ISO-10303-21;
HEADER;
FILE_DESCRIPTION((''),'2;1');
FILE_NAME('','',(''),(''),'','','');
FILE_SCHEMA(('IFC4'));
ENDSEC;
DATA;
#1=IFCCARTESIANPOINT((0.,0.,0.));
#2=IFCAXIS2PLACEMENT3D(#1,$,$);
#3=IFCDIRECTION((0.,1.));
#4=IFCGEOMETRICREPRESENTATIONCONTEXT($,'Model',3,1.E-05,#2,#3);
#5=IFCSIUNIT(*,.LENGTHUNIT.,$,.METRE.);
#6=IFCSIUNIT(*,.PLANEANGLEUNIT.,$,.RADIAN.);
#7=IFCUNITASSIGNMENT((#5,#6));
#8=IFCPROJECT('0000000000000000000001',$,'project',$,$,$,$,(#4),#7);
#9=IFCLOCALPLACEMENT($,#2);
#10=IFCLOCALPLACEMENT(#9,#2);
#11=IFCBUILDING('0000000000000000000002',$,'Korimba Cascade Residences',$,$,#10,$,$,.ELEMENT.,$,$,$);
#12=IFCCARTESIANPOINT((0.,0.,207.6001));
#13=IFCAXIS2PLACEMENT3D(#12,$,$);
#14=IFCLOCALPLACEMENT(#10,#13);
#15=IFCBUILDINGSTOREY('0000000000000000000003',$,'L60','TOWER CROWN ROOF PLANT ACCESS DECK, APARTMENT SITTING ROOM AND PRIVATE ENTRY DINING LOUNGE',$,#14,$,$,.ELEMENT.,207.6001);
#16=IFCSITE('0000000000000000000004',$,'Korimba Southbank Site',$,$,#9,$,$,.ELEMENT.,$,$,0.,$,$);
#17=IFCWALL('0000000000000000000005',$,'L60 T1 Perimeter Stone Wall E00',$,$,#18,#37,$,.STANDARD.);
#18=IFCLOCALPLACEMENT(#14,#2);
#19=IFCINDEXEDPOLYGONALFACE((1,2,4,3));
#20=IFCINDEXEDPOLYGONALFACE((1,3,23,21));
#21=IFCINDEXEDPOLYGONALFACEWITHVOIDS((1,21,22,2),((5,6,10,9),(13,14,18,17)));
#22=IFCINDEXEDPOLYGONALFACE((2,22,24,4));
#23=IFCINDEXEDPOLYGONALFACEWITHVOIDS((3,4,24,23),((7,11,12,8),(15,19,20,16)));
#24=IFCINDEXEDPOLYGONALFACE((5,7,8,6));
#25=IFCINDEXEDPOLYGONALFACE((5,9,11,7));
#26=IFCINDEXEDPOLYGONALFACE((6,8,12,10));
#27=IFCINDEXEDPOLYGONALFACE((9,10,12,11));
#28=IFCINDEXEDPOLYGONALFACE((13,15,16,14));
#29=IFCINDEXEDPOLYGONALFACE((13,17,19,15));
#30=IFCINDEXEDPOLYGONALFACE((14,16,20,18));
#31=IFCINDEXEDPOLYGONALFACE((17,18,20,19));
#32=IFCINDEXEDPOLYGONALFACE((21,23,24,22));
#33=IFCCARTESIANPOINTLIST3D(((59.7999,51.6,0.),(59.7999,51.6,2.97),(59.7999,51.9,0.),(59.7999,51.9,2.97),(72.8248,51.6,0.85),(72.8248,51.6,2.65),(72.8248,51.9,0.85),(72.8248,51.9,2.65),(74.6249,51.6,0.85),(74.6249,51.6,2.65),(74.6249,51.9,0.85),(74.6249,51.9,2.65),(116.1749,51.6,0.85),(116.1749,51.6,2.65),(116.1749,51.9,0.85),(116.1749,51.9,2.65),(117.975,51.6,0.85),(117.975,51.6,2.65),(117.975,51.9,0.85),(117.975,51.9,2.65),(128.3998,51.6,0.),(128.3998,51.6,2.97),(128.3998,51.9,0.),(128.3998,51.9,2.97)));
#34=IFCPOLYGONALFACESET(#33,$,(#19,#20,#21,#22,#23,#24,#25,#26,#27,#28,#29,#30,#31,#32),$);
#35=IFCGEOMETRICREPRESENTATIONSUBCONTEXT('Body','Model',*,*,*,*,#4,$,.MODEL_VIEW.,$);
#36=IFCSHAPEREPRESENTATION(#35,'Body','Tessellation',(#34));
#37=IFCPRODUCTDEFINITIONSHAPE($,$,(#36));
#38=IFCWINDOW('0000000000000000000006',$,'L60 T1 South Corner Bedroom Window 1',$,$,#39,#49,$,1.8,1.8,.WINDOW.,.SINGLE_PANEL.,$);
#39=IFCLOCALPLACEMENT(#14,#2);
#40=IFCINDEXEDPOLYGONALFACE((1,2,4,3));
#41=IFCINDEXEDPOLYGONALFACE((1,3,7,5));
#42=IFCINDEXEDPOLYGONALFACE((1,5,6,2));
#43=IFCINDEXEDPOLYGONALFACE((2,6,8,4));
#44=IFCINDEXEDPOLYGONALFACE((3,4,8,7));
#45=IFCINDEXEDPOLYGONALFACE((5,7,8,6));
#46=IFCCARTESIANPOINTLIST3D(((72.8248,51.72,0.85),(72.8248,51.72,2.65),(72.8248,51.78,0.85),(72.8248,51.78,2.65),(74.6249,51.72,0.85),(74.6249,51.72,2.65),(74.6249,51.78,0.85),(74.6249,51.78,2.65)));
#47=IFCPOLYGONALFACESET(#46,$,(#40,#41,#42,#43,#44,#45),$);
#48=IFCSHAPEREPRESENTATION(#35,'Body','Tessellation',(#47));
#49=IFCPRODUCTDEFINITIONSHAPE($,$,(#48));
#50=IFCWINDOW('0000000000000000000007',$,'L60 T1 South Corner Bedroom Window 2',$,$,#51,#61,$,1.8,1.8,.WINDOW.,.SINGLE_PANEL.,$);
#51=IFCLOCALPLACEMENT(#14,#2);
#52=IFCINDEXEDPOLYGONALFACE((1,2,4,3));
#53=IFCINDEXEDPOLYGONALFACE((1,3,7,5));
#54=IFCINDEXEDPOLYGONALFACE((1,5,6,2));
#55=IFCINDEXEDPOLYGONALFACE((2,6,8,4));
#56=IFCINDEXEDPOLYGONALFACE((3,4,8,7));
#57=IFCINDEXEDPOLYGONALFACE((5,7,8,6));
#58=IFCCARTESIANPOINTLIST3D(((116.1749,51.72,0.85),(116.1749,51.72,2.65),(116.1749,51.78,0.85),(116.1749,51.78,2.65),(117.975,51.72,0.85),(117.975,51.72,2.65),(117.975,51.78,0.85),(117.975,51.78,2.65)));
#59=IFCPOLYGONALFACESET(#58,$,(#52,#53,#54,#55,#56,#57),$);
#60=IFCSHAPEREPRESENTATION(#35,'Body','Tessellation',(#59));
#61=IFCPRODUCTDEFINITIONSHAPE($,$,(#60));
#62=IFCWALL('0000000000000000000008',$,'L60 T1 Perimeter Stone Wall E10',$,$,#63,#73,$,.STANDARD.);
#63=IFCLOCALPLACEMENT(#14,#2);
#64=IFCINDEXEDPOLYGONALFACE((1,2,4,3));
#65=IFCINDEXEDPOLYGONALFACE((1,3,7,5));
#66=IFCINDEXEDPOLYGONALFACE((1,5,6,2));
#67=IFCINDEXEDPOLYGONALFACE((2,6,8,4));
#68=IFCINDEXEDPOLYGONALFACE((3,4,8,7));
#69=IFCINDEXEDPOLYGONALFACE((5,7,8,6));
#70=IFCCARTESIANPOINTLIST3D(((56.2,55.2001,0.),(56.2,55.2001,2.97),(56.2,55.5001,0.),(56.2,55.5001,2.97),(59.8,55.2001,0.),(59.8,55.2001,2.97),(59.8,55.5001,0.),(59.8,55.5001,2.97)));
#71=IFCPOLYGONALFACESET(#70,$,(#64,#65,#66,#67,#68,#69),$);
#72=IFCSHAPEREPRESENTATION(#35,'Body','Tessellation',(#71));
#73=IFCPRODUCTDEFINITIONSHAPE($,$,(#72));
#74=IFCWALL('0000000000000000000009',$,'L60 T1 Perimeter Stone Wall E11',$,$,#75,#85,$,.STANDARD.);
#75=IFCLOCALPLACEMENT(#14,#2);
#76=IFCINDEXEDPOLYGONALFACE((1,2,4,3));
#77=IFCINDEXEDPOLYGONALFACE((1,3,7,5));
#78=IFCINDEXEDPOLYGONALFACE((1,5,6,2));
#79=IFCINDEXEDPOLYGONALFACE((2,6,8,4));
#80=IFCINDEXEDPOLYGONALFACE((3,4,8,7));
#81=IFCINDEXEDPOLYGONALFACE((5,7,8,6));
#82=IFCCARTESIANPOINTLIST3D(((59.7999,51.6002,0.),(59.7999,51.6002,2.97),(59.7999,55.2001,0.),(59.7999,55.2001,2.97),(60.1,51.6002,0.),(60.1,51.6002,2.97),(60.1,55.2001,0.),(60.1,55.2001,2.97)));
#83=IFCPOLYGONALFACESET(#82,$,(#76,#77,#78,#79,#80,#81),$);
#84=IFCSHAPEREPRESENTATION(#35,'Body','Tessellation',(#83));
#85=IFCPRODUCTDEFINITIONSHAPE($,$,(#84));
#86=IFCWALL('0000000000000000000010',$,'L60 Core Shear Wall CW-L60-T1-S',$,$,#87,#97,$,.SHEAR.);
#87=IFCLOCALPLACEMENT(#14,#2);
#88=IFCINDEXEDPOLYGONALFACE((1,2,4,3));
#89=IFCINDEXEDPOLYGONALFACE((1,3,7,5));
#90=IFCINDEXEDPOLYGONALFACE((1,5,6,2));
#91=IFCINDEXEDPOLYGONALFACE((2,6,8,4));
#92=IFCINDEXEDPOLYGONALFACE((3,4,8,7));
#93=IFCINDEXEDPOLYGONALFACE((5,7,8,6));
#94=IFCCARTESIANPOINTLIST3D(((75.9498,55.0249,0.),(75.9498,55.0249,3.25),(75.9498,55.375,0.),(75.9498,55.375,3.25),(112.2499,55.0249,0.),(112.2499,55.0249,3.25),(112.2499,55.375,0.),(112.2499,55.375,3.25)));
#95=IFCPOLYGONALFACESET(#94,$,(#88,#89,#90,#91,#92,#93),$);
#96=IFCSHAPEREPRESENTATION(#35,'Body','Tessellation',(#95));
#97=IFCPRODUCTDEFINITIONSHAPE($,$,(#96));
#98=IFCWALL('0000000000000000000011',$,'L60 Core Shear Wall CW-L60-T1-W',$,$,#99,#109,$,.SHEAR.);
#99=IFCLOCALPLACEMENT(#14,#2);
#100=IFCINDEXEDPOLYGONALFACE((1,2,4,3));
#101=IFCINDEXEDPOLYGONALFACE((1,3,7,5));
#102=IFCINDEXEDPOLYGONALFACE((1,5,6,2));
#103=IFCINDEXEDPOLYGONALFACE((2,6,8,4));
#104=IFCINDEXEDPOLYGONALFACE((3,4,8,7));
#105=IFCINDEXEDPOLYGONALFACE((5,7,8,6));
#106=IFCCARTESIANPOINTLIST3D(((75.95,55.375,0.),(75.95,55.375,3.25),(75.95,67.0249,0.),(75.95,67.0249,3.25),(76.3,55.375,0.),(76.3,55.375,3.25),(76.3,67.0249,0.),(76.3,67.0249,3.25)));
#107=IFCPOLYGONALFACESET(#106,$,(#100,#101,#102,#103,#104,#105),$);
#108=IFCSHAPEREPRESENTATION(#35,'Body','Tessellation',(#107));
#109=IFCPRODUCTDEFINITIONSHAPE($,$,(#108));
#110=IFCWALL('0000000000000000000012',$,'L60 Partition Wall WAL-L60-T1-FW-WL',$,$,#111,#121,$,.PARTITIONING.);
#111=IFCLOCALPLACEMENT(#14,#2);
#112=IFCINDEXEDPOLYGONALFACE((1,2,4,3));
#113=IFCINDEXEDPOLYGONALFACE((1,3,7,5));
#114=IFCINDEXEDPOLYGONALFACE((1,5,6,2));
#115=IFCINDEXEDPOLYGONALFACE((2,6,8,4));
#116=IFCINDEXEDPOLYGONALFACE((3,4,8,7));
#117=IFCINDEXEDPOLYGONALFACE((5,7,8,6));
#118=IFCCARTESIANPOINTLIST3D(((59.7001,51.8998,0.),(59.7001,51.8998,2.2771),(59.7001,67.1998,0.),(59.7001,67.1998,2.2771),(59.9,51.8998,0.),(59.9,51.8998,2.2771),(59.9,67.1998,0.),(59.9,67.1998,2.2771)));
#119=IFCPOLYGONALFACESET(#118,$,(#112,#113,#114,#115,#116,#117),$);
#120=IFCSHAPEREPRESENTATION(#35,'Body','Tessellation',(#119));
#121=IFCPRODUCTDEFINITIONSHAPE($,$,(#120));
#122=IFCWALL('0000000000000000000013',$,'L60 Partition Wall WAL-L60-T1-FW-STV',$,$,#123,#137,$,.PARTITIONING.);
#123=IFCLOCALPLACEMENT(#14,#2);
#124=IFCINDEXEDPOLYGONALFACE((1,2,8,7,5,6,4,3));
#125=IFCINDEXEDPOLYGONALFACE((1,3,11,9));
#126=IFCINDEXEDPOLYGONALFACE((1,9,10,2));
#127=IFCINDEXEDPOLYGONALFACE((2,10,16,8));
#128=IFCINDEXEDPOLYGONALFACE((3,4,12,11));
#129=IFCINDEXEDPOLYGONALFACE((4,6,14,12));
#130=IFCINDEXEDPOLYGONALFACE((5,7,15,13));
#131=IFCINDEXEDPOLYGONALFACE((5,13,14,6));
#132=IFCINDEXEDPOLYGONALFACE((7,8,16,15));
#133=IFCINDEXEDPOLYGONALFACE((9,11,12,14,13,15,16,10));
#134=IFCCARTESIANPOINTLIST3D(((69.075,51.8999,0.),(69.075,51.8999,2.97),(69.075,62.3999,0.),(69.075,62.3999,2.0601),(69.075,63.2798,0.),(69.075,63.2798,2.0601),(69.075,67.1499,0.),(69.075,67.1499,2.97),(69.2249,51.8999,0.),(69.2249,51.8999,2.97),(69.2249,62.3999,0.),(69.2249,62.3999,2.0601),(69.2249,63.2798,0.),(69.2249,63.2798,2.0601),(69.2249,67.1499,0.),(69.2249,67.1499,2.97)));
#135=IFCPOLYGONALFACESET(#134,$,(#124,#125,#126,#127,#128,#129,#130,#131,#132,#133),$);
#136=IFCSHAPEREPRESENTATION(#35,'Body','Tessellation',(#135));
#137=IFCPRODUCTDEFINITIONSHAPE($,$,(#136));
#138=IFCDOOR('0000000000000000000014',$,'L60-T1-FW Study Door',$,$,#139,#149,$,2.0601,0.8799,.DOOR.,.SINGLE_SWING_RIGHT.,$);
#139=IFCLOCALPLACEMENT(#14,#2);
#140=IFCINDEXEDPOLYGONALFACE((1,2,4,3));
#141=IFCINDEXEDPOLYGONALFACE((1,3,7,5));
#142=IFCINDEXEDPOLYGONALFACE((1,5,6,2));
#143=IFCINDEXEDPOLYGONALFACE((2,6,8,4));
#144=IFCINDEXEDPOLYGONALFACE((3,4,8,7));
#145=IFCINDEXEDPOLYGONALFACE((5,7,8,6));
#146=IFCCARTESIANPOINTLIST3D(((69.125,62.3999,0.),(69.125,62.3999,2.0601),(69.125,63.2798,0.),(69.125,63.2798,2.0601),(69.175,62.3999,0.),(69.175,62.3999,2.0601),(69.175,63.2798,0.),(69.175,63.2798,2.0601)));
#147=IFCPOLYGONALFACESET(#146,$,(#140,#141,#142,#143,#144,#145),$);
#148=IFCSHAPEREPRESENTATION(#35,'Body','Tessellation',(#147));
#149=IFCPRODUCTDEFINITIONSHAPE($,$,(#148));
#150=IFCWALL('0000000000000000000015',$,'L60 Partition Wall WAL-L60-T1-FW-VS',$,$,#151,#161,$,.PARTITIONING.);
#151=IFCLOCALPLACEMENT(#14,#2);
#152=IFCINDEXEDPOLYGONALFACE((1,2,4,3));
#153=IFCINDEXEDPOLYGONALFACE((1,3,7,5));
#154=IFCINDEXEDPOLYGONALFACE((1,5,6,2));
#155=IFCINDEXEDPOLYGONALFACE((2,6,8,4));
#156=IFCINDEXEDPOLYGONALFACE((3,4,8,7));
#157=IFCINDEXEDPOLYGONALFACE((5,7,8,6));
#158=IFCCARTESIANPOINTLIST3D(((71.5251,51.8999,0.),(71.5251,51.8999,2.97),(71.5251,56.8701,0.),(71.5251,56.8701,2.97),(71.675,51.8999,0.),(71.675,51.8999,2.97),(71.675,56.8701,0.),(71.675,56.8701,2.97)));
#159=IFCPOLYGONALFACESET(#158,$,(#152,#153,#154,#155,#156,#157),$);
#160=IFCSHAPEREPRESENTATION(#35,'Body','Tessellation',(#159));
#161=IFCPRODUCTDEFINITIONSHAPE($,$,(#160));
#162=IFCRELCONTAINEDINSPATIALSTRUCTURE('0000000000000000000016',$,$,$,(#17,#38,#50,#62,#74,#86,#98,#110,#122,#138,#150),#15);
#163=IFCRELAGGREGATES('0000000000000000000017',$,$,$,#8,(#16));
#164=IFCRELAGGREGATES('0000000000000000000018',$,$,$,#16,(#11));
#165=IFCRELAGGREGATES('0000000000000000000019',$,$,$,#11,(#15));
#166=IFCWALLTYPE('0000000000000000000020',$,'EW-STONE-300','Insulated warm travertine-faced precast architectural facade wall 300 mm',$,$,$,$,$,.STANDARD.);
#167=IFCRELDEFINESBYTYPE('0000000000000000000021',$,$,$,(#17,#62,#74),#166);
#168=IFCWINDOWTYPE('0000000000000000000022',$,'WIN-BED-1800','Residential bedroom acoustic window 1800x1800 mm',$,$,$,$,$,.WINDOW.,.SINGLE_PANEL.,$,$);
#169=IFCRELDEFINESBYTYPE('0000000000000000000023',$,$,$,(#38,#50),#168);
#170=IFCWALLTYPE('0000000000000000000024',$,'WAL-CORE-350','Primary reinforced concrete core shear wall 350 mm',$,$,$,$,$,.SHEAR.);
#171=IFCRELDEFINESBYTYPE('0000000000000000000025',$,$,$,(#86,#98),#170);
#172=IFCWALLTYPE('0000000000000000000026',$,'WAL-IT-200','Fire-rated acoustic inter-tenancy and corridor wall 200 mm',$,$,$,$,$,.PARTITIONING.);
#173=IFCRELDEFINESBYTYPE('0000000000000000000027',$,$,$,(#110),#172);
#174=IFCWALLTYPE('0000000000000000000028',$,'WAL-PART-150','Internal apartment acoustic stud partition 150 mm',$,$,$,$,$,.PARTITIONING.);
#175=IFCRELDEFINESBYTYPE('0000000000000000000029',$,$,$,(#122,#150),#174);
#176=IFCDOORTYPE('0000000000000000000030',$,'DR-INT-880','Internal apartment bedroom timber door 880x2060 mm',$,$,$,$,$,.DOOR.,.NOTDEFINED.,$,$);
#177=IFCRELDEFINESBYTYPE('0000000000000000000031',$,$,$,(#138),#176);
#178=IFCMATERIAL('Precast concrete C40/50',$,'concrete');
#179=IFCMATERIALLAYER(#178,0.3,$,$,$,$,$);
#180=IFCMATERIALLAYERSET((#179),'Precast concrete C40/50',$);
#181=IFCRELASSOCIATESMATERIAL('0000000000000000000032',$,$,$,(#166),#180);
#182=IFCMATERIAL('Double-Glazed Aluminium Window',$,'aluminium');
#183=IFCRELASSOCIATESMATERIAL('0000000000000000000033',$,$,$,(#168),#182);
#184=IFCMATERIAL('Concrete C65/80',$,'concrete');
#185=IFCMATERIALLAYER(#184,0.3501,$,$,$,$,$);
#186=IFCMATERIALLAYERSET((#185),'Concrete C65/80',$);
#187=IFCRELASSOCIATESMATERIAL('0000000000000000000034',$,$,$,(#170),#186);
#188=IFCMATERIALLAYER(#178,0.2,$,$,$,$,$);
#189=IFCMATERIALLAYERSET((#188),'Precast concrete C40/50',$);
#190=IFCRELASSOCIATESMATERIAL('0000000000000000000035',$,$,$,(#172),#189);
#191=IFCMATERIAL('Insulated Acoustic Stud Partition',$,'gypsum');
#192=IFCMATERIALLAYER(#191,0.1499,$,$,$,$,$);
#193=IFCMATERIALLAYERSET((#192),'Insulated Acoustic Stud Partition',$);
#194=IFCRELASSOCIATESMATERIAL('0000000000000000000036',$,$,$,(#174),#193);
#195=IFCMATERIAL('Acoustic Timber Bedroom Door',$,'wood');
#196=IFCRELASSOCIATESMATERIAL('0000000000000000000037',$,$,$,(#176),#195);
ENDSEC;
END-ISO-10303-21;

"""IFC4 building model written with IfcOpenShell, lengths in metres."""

from ifc_helpers import new_model, si_unit, direction, frame, frame_2d, origin, place, context, subcontext, project, spatial, rectangle, extrude, material, layer, layer_set, type_object, element, fill, save


model = new_model("IFC4")

# Units and contexts
model_context = context("Model", 3, precision=1e-05, world=origin(), true_north=direction((0.0, 1.0)))
body_context = subcontext(model_context, "Body", "Model", "MODEL_VIEW")
ifc_project = project(units=[si_unit("LENGTHUNIT", "METRE"), si_unit("PLANEANGLEUNIT", "RADIAN")], contexts=[model_context])

# Site, building, storey
site_placement = place(None, origin())
site = spatial("IfcSite", under=ifc_project, at=site_placement, Name="Korimba Southbank Site", CompositionType="ELEMENT", RefElevation=0.0)
building_placement = place(site_placement, origin())
building = spatial("IfcBuilding", under=site, at=building_placement, Name="Korimba Cascade Residences", CompositionType="ELEMENT")
storey_placement = place(building_placement, frame((0.0, 0.0, 207.6001)))
storey = spatial("IfcBuildingStorey", under=building, at=storey_placement, Name="L60", Description="TOWER CROWN ROOF PLANT ACCESS DECK, APARTMENT SITTING ROOM AND PRIVATE ENTRY DINING LOUNGE", CompositionType="ELEMENT", Elevation=207.6001)

# Shared definitions
ifc_material_1 = material(Name="Concrete C65/80", Category="concrete")

# Wall, openings, windows
ifc_material_2 = material(Name="Precast concrete C40/50", Category="concrete")
ifc_layer_1 = layer(ifc_material_2, 0.3)
ifc_layer_set_1 = layer_set([ifc_layer_1], Name="Precast concrete C40/50")
wall_type_1 = type_object("IfcWallType", Name="EW-STONE-300", Description="Insulated warm travertine-faced precast architectural facade wall 300 mm", PredefinedType="STANDARD", material=ifc_layer_set_1)
wall_1_placement = place(storey_placement, frame((59.8, 51.75, 0.0), z_axis=(0.0, 0.0, 1.0), x_axis=(1.0, 0.0, 0.0)))
wall_1 = element("IfcWall", 1, at=wall_1_placement, inside=storey, type_object=wall_type_1, Name="L60 T1 Perimeter Stone Wall E00", PredefinedType="STANDARD", context=body_context, shape_type="SweptSolid", body=[
    extrude(rectangle(XDim=68.5999, YDim=0.3, at=frame_2d((34.2998, 0.0))), origin(), (0.0, 0.0, 1.0), 2.97),
])
opening_1_placement = place(wall_1_placement, frame((13.0249, 0.0, 0.8501)))
opening_1 = element("IfcOpeningElement", 2, at=opening_1_placement, cuts=wall_1, PredefinedType="OPENING", context=body_context, shape_type="SweptSolid", body=[
    extrude(rectangle(XDim=1.8, YDim=1.8, at=frame_2d((0.8999, 0.8999))), frame((0.0, 0.1602, 0.0), z_axis=(0.0, -1.0, 0.0), x_axis=(1.0, 0.0, 0.0)), (0.0, 0.0, 1.0), 0.3201),
])
opening_2_placement = place(wall_1_placement, frame((56.375, 0.0, 0.8501)))
opening_2 = element("IfcOpeningElement", 3, at=opening_2_placement, cuts=wall_1, PredefinedType="OPENING", context=body_context, shape_type="SweptSolid", body=[
    extrude(rectangle(XDim=1.8, YDim=1.8, at=frame_2d((0.8999, 0.8999))), frame((0.0, 0.1602, 0.0), z_axis=(0.0, -1.0, 0.0), x_axis=(1.0, 0.0, 0.0)), (0.0, 0.0, 1.0), 0.3201),
])
ifc_material_3 = material(Name="Double-Glazed Aluminium Window", Category="aluminium")
window_type = type_object("IfcWindowType", Name="WIN-BED-1800", Description="Residential bedroom acoustic window 1800x1800 mm", PartitioningType="SINGLE_PANEL", PredefinedType="WINDOW", material=ifc_material_3)
window_1_placement = place(opening_1_placement, origin())
window_1 = element("IfcWindow", 4, at=window_1_placement, inside=storey, type_object=window_type, Name="L60 T1 South Corner Bedroom Window 1", OverallHeight=1.8, OverallWidth=1.8, PartitioningType="SINGLE_PANEL", PredefinedType="WINDOW", context=body_context, shape_type="SweptSolid", body=[
    extrude(rectangle(XDim=1.8, YDim=1.8, at=frame_2d((0.8999, 0.8999))), frame((0.0, 0.03, 0.0), z_axis=(0.0, -1.0, 0.0), x_axis=(1.0, 0.0, 0.0)), (0.0, 0.0, 1.0), 0.0601),
])
fill(opening_1, window_1)
window_2_placement = place(opening_2_placement, origin())
window_2 = element("IfcWindow", 5, at=window_2_placement, inside=storey, type_object=window_type, Name="L60 T1 South Corner Bedroom Window 2", OverallHeight=1.8, OverallWidth=1.8, PartitioningType="SINGLE_PANEL", PredefinedType="WINDOW", context=body_context, shape_type="SweptSolid", body=[
    extrude(rectangle(XDim=1.8, YDim=1.8, at=frame_2d((0.8999, 0.8999))), frame((0.0, 0.03, 0.0), z_axis=(0.0, -1.0, 0.0), x_axis=(1.0, 0.0, 0.0)), (0.0, 0.0, 1.0), 0.0601),
])
fill(opening_2, window_2)

# Walls
wall_2_placement = place(storey_placement, frame((56.2, 55.3501, 0.0), z_axis=(0.0, 0.0, 1.0), x_axis=(1.0, 0.0, 0.0)))
element("IfcWall", 6, at=wall_2_placement, inside=storey, type_object=wall_type_1, Name="L60 T1 Perimeter Stone Wall E10", PredefinedType="STANDARD", context=body_context, shape_type="SweptSolid", body=[
    extrude(rectangle(XDim=3.6001, YDim=0.3, at=frame_2d((1.8, 0.0))), origin(), (0.0, 0.0, 1.0), 2.97),
])
wall_3_placement = place(storey_placement, frame((59.95, 55.2, 0.0), z_axis=(0.0, 0.0, 1.0), x_axis=(0.0, -1.0, 0.0)))
element("IfcWall", 7, at=wall_3_placement, inside=storey, type_object=wall_type_1, Name="L60 T1 Perimeter Stone Wall E11", PredefinedType="STANDARD", context=body_context, shape_type="SweptSolid", body=[
    extrude(rectangle(XDim=3.5999, YDim=0.3, at=frame_2d((1.7998, 0.0))), origin(), (0.0, 0.0, 1.0), 2.97),
])
ifc_layer_2 = layer(ifc_material_1, 0.3501)
ifc_layer_set_2 = layer_set([ifc_layer_2], Name="Concrete C65/80")
wall_type_2 = type_object("IfcWallType", Name="WAL-CORE-350", Description="Primary reinforced concrete core shear wall 350 mm", PredefinedType="SHEAR", material=ifc_layer_set_2)
wall_4_placement = place(storey_placement, frame((75.95, 55.2, 0.0), z_axis=(0.0, 0.0, 1.0), x_axis=(1.0, 0.0, 0.0)))
element("IfcWall", 8, at=wall_4_placement, inside=storey, type_object=wall_type_2, Name="L60 Core Shear Wall CW-L60-T1-S", PredefinedType="SHEAR", context=body_context, shape_type="SweptSolid", body=[
    extrude(rectangle(XDim=36.3, YDim=0.3501, at=frame_2d((18.1499, 0.0))), origin(), (0.0, 0.0, 1.0), 3.25),
])
wall_5_placement = place(storey_placement, frame((76.125, 55.375, 0.0), z_axis=(0.0, 0.0, 1.0), x_axis=(0.0, 1.0, 0.0)))
element("IfcWall", 9, at=wall_5_placement, inside=storey, type_object=wall_type_2, Name="L60 Core Shear Wall CW-L60-T1-W", PredefinedType="SHEAR", context=body_context, shape_type="SweptSolid", body=[
    extrude(rectangle(XDim=11.6499, YDim=0.3501, at=frame_2d((5.825, 0.0))), origin(), (0.0, 0.0, 1.0), 3.25),
])
ifc_layer_3 = layer(ifc_material_2, 0.2)
ifc_layer_set_3 = layer_set([ifc_layer_3], Name="Precast concrete C40/50")
wall_type_3 = type_object("IfcWallType", Name="WAL-IT-200", Description="Fire-rated acoustic inter-tenancy and corridor wall 200 mm", PredefinedType="PARTITIONING", material=ifc_layer_set_3)
wall_6_placement = place(storey_placement, frame((59.8, 51.8999, 0.0), z_axis=(0.0, 0.0, 1.0), x_axis=(0.0, 1.0, 0.0)))
element("IfcWall", 10, at=wall_6_placement, inside=storey, type_object=wall_type_3, Name="L60 Partition Wall WAL-L60-T1-FW-WL", PredefinedType="PARTITIONING", context=body_context, shape_type="SweptSolid", body=[
    extrude(rectangle(XDim=15.3, YDim=0.2, at=frame_2d((7.6499, 0.0))), origin(), (0.0, 0.0, 1.0), 2.2771),
])

# Wall, opening, door
ifc_material_4 = material(Name="Insulated Acoustic Stud Partition", Category="gypsum")
ifc_layer_4 = layer(ifc_material_4, 0.1499)
ifc_layer_set_4 = layer_set([ifc_layer_4], Name="Insulated Acoustic Stud Partition")
wall_type_4 = type_object("IfcWallType", Name="WAL-PART-150", Description="Internal apartment acoustic stud partition 150 mm", PredefinedType="PARTITIONING", material=ifc_layer_set_4)
wall_7_placement = place(storey_placement, frame((69.1499, 51.8999, 0.0), z_axis=(0.0, 0.0, 1.0), x_axis=(0.0, 1.0, 0.0)))
wall_7 = element("IfcWall", 11, at=wall_7_placement, inside=storey, type_object=wall_type_4, Name="L60 Partition Wall WAL-L60-T1-FW-STV", PredefinedType="PARTITIONING", context=body_context, shape_type="SweptSolid", body=[
    extrude(rectangle(XDim=15.25, YDim=0.1499, at=frame_2d((7.625, 0.0))), origin(), (0.0, 0.0, 1.0), 2.97),
])
opening_3_placement = place(wall_7_placement, frame((10.5, 0.0, 0.0)))
opening_3 = element("IfcOpeningElement", 12, at=opening_3_placement, cuts=wall_7, PredefinedType="OPENING", context=body_context, shape_type="SweptSolid", body=[
    extrude(rectangle(XDim=0.8799, YDim=2.0601, at=frame_2d((0.4399, 1.03))), frame((0.0, 0.085, 0.0), z_axis=(0.0, -1.0, 0.0), x_axis=(1.0, 0.0, 0.0)), (0.0, 0.0, 1.0), 0.1699),
])
ifc_material_5 = material(Name="Acoustic Timber Bedroom Door", Category="wood")
door_type = type_object("IfcDoorType", Name="DR-INT-880", Description="Internal apartment bedroom timber door 880x2060 mm", OperationType="NOTDEFINED", PredefinedType="DOOR", material=ifc_material_5)
door_placement = place(opening_3_placement, origin())
door = element("IfcDoor", 13, at=door_placement, inside=storey, type_object=door_type, Name="L60-T1-FW Study Door", OperationType="SINGLE_SWING_RIGHT", OverallHeight=2.0601, OverallWidth=0.8799, PredefinedType="DOOR", context=body_context, shape_type="SweptSolid", body=[
    extrude(rectangle(XDim=0.8799, YDim=2.0601, at=frame_2d((0.4399, 1.03))), frame((0.0, 0.0249, 0.0), z_axis=(0.0, -1.0, 0.0), x_axis=(1.0, 0.0, 0.0)), (0.0, 0.0, 1.0), 0.05),
])
fill(opening_3, door)

# Wall
wall_8_placement = place(storey_placement, frame((71.6001, 51.8999, 0.0), z_axis=(0.0, 0.0, 1.0), x_axis=(0.0, 1.0, 0.0)))
element("IfcWall", 14, at=wall_8_placement, inside=storey, type_object=wall_type_4, Name="L60 Partition Wall WAL-L60-T1-FW-VS", PredefinedType="PARTITIONING", context=body_context, shape_type="SweptSolid", body=[
    extrude(rectangle(XDim=4.9702, YDim=0.1499, at=frame_2d((2.4851, 0.0))), origin(), (0.0, 0.0, 1.0), 2.97),
])

save(model, "model.ifc")
